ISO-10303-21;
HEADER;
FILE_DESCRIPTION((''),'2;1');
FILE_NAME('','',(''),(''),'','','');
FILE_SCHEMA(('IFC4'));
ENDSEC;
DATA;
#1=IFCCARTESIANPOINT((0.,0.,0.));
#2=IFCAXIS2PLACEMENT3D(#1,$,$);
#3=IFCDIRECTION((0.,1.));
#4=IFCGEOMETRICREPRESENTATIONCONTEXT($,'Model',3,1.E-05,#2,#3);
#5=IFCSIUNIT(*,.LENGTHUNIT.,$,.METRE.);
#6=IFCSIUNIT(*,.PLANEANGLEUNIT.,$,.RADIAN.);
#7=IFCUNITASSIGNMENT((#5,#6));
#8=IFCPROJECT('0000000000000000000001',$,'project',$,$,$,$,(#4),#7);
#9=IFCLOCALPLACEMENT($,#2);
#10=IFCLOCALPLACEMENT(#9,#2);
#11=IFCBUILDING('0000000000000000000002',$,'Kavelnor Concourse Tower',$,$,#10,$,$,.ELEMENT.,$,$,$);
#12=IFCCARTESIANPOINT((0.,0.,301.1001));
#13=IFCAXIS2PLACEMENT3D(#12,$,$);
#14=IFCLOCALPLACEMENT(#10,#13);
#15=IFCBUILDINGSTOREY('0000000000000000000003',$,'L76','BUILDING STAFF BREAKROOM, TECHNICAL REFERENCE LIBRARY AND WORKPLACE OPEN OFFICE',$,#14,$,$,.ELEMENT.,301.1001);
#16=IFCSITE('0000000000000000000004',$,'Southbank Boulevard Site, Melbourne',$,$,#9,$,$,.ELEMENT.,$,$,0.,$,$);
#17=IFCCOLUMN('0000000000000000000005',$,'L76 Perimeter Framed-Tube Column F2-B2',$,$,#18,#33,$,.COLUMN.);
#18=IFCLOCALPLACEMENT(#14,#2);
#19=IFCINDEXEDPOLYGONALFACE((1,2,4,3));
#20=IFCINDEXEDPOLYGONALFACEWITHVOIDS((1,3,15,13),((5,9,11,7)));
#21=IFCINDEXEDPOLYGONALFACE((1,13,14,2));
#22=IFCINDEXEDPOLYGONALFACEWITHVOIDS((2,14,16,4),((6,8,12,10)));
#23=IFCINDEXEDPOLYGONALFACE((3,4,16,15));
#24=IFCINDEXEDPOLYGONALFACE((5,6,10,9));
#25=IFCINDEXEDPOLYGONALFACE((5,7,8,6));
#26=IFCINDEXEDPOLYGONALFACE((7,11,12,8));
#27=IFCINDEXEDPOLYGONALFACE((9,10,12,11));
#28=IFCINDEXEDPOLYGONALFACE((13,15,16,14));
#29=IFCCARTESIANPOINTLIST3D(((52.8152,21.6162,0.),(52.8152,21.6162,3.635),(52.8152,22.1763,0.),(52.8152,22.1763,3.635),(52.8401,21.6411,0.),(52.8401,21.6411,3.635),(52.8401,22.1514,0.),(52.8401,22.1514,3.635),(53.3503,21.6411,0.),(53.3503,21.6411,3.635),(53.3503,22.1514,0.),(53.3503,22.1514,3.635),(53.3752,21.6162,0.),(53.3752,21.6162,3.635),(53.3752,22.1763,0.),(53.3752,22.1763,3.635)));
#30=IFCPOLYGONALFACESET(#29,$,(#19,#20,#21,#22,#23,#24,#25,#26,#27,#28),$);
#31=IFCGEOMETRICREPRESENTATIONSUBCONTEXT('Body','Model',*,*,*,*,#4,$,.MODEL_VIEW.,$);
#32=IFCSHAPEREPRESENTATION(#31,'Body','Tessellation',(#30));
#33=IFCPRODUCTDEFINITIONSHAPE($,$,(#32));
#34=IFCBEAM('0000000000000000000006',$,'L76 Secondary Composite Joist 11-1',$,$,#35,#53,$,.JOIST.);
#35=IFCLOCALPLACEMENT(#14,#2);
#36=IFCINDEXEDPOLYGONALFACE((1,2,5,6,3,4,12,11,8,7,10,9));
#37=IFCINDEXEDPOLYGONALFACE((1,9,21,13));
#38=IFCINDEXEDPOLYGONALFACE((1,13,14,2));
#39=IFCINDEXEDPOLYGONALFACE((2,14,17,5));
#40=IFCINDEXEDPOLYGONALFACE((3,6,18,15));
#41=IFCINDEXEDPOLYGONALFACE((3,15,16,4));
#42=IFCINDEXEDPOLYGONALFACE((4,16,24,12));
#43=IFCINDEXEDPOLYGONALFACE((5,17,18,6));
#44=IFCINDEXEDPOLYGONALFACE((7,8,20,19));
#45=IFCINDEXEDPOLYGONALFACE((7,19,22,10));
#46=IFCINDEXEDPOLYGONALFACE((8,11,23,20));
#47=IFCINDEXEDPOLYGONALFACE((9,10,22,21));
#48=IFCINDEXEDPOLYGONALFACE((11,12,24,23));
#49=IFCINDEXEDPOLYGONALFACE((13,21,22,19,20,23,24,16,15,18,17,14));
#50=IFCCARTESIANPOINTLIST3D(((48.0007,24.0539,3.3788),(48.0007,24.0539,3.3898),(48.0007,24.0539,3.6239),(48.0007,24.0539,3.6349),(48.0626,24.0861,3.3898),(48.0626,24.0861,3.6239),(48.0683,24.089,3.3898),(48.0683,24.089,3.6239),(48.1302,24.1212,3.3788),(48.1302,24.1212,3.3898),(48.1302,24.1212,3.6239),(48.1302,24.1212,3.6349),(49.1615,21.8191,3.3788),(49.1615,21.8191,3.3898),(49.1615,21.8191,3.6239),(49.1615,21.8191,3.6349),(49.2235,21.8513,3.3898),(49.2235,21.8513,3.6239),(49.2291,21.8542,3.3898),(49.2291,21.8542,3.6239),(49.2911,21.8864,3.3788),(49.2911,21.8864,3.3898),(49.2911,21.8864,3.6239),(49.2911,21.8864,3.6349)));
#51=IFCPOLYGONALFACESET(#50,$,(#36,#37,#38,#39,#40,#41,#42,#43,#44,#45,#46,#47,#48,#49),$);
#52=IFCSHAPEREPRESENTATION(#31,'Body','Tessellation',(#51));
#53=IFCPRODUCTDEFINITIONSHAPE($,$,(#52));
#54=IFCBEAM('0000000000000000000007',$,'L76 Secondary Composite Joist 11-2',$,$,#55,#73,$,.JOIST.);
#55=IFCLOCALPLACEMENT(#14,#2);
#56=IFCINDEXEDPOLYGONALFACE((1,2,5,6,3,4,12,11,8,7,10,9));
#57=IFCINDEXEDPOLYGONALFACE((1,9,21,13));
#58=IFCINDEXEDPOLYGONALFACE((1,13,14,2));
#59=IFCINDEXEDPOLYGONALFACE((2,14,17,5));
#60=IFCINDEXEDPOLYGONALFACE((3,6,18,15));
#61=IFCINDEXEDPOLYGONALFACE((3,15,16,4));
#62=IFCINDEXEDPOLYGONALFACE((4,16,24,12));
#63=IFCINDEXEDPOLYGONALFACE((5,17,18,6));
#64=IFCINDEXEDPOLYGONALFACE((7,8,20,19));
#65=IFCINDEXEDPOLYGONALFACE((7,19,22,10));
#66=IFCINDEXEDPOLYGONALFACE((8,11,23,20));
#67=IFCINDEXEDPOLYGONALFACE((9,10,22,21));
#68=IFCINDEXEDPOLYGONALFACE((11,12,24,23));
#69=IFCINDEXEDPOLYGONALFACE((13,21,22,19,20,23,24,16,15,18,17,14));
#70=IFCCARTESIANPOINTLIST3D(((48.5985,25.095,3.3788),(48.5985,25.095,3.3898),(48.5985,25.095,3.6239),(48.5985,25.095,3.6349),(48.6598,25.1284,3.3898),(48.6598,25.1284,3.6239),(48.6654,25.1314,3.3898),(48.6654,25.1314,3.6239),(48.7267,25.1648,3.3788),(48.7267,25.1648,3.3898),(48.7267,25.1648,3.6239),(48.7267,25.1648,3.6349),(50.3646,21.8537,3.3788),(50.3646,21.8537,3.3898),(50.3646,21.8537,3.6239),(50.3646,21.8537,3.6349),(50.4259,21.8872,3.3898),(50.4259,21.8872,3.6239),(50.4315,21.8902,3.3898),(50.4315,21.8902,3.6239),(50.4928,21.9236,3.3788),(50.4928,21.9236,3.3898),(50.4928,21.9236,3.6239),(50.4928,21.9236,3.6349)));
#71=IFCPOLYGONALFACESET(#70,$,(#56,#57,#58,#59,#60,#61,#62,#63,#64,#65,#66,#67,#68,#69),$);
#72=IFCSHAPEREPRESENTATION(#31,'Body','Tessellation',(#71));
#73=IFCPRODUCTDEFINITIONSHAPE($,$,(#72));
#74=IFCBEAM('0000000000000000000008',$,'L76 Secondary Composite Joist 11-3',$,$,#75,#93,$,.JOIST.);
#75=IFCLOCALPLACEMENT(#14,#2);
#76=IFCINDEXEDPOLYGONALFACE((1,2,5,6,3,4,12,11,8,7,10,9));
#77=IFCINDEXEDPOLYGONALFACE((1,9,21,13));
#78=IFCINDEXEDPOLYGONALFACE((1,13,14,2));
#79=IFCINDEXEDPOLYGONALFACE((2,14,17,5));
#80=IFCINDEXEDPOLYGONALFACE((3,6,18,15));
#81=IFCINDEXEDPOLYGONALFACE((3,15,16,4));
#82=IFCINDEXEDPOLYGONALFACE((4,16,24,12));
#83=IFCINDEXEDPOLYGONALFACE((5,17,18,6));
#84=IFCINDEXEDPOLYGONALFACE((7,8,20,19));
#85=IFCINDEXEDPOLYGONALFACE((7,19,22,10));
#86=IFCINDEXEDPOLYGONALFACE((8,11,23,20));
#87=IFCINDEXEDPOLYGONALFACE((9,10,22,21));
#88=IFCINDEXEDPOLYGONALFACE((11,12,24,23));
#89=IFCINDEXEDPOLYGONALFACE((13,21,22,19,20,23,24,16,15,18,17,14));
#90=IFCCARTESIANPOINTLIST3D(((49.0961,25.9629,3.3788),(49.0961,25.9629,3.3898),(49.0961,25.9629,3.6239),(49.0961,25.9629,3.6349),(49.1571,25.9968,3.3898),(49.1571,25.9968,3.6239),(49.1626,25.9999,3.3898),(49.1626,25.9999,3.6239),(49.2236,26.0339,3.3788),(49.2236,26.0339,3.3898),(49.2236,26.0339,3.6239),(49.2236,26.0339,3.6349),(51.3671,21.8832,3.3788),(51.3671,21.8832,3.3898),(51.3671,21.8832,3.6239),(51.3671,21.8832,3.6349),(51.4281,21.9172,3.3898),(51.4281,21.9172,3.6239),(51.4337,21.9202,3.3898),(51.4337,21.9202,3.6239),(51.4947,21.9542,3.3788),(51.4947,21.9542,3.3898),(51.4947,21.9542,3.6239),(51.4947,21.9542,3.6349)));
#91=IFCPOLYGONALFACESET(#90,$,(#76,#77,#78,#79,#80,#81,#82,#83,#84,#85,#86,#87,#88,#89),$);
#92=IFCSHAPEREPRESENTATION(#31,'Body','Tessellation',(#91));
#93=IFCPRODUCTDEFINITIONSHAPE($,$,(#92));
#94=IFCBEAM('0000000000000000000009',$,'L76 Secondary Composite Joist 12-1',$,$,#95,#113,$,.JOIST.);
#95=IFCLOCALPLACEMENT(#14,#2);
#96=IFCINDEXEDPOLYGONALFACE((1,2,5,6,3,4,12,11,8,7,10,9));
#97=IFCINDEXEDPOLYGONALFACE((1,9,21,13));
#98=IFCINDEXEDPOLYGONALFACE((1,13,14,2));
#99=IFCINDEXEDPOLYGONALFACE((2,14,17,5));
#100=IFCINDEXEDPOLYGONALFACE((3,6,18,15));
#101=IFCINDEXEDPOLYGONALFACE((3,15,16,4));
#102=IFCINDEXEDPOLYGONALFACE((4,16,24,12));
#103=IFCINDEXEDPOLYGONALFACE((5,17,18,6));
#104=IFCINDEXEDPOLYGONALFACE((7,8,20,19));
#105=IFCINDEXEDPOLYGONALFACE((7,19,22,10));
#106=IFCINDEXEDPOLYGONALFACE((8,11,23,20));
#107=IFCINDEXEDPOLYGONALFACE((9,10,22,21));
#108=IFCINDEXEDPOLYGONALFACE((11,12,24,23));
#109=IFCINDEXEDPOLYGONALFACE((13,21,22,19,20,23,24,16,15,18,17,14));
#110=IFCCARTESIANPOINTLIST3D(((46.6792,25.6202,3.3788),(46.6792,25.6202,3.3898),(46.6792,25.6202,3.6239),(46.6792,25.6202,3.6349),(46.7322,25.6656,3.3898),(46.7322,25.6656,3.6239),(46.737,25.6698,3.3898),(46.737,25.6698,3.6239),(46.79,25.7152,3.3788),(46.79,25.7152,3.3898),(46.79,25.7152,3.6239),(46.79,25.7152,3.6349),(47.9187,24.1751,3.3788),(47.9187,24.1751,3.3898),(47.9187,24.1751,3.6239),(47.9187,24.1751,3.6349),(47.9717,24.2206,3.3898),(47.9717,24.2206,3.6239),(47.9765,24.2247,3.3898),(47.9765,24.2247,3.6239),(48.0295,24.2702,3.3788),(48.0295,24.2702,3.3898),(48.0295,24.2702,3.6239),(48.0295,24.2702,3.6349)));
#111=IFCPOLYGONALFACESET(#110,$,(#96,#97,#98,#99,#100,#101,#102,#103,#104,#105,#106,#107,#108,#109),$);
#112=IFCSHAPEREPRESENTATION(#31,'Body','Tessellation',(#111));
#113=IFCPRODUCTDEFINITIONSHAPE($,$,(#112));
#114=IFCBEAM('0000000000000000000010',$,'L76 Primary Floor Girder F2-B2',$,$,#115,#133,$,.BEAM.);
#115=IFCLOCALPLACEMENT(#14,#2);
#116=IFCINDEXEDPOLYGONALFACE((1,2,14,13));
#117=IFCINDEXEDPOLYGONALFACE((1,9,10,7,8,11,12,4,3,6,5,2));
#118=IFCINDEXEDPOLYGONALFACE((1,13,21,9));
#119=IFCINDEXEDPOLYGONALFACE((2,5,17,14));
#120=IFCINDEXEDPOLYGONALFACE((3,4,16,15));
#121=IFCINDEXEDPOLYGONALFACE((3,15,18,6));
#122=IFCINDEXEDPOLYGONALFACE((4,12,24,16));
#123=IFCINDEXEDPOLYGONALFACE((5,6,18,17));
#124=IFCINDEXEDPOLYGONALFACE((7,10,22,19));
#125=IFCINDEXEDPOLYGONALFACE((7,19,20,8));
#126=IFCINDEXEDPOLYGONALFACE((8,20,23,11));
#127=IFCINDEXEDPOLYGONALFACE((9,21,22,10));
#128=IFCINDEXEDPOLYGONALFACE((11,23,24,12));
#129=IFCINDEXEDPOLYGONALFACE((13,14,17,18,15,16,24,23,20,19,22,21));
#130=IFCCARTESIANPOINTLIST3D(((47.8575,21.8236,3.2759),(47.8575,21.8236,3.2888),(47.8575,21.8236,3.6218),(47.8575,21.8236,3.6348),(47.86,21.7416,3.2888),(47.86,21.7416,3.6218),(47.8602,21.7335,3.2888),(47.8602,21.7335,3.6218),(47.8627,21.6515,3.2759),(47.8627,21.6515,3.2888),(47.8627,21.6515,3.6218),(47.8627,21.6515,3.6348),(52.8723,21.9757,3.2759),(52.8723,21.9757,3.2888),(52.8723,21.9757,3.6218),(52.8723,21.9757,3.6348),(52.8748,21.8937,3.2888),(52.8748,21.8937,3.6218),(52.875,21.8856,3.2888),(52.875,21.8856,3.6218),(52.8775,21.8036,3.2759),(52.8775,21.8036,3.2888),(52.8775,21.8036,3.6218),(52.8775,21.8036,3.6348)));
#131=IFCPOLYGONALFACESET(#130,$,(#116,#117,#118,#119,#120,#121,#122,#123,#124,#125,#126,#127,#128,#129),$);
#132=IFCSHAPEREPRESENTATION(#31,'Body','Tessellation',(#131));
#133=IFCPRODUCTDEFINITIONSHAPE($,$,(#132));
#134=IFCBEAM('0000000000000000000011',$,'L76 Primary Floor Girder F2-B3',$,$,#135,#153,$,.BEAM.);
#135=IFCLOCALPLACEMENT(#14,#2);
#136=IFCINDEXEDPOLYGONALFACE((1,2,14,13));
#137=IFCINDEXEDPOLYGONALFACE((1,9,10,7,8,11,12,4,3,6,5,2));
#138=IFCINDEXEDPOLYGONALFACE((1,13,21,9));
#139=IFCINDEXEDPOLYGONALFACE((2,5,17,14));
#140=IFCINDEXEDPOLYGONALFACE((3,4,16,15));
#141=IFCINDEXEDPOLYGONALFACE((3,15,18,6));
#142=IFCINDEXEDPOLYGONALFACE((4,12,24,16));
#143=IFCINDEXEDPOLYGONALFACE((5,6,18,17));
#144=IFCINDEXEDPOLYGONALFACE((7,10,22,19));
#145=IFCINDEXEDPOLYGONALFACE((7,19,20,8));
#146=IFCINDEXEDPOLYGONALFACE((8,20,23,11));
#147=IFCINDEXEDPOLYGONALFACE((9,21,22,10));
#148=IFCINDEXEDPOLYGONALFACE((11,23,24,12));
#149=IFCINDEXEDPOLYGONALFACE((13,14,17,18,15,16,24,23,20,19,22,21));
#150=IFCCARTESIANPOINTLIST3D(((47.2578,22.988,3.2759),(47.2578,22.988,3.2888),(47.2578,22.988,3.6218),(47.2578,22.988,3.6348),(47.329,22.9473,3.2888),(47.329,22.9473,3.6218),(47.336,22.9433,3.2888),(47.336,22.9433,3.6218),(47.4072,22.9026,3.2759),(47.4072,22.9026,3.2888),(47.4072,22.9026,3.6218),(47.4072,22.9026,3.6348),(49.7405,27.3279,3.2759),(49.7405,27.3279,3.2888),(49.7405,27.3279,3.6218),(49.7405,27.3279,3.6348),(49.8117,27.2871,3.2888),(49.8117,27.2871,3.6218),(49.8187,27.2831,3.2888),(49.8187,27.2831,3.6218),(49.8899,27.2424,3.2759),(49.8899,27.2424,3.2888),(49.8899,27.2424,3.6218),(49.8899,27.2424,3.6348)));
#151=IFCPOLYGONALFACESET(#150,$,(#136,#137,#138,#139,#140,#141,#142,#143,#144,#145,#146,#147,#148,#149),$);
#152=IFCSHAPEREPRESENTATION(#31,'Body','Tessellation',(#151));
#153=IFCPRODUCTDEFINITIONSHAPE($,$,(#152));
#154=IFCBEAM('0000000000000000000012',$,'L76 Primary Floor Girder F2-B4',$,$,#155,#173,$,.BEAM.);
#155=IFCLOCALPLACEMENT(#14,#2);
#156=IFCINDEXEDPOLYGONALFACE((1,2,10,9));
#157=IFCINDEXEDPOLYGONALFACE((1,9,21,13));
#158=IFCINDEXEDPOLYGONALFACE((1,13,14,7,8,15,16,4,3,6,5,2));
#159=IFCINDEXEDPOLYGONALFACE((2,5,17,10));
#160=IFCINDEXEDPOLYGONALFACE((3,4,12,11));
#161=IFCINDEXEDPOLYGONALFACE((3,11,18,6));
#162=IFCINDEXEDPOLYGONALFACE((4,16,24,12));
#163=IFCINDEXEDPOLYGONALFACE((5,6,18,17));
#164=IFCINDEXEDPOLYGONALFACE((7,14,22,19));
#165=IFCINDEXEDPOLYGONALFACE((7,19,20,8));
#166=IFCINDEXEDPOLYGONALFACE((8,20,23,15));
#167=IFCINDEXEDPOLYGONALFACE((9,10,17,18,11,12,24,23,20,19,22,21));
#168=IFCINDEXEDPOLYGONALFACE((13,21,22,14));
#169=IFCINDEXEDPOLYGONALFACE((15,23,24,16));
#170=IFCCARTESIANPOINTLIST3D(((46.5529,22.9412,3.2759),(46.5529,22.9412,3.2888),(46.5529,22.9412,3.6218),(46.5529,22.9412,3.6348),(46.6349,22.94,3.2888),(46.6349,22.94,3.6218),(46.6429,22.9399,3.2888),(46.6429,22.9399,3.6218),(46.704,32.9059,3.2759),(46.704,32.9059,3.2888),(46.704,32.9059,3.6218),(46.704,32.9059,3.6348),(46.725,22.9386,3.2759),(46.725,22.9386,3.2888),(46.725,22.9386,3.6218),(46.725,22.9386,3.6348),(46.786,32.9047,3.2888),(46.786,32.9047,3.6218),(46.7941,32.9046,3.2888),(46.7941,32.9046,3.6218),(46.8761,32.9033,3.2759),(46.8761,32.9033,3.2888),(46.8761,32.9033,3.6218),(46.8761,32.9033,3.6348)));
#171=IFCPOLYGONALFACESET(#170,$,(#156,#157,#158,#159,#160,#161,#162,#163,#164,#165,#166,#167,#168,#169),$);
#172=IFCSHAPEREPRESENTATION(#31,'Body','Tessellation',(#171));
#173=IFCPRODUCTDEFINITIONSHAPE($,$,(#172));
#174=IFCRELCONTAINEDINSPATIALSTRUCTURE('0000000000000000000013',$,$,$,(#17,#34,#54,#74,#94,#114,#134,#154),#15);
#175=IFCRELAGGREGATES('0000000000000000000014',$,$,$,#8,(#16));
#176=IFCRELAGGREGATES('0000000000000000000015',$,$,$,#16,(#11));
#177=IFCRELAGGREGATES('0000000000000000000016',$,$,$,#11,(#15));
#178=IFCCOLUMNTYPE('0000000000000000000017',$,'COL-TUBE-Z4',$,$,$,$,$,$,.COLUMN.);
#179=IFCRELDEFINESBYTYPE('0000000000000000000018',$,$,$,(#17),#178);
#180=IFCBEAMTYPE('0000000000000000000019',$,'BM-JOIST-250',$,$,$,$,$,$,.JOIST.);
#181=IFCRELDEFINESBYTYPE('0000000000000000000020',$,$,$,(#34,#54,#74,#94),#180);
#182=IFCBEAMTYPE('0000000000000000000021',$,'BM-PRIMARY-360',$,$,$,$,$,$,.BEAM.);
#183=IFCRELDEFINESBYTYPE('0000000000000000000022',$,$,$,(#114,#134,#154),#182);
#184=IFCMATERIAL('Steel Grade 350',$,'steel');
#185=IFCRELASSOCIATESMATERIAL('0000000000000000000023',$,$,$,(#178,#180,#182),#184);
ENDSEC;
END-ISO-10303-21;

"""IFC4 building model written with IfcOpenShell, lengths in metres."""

from ifc_helpers import new_model, si_unit, direction, frame, origin, origin_2d, place, context, subcontext, project, spatial, hollow_rectangle, i_section, extrude, material, material_profile, profile_set, type_object, element, save


model = new_model("IFC4")

# Units and contexts
model_context = context("Model", 3, precision=1e-05, world=origin(), true_north=direction((0.0, 1.0)))
body_context = subcontext(model_context, "Body", "Model", "MODEL_VIEW")
ifc_project = project(units=[si_unit("LENGTHUNIT", "METRE"), si_unit("PLANEANGLEUNIT", "RADIAN")], contexts=[model_context])

# Site, building, storey
site_placement = place(None, origin())
site = spatial("IfcSite", under=ifc_project, at=site_placement, Name="Southbank Boulevard Site, Melbourne", CompositionType="ELEMENT", RefElevation=0.0)
building_placement = place(site_placement, origin())
building = spatial("IfcBuilding", under=site, at=building_placement, Name="Kavelnor Concourse Tower", CompositionType="ELEMENT")
storey_placement = place(building_placement, frame((0.0, 0.0, 301.1001)))
storey = spatial("IfcBuildingStorey", under=building, at=storey_placement, Name="L76", Description="BUILDING STAFF BREAKROOM, TECHNICAL REFERENCE LIBRARY AND WORKPLACE OPEN OFFICE", CompositionType="ELEMENT", Elevation=301.1001)

# Column
ifc_material_1 = material(Name="Steel Grade 350", Category="steel")
ifc_material_profile_1 = material_profile(ifc_material_1, hollow_rectangle(XDim=0.5601, YDim=0.5601, WallThickness=0.0249, at=origin_2d()), Name="SHS 560x560x25")
ifc_profile_set_1 = profile_set([ifc_material_profile_1], Name="Steel Grade 350")
column_type = type_object("IfcColumnType", Name="COL-TUBE-Z4", PredefinedType="COLUMN", material=ifc_profile_set_1)
column_placement = place(storey_placement, frame((53.0952, 21.8962, 0.0), z_axis=(0.0, 0.0, 1.0), x_axis=(1.0, 0.0, 0.0)))
element("IfcColumn", 1, at=column_placement, inside=storey, type_object=column_type, Name="L76 Perimeter Framed-Tube Column F2-B2", PredefinedType="COLUMN", context=body_context, shape_type="SweptSolid", body=[
    extrude(hollow_rectangle(XDim=0.5601, YDim=0.5601, WallThickness=0.0249, at=origin_2d()), origin(), (0.0, 0.0, 1.0), 3.635),
])

# Beams
ifc_material_profile_2 = material_profile(ifc_material_1, i_section(OverallWidth=0.146, OverallDepth=0.2561, WebThickness=0.0063, FlangeThickness=0.011, at=origin_2d()), Name="250UB37")
ifc_profile_set_2 = profile_set([ifc_material_profile_2], Name="Steel Grade 350")
beam_type_1 = type_object("IfcBeamType", Name="BM-JOIST-250", PredefinedType="JOIST", material=ifc_profile_set_2)
beam_1_placement = place(storey_placement, frame((49.2263, 21.8528, 3.5068), z_axis=(-0.460965, 0.887418, 0.0), x_axis=(-0.887418, -0.460965, 0.0)))
element("IfcBeam", 2, at=beam_1_placement, inside=storey, type_object=beam_type_1, Name="L76 Secondary Composite Joist 11-1", PredefinedType="JOIST", context=body_context, shape_type="SweptSolid", body=[
    extrude(i_section(OverallWidth=0.146, OverallDepth=0.2561, WebThickness=0.0063, FlangeThickness=0.011, at=origin_2d()), origin(), (0.0, 0.0, 1.0), 2.5183),
])
beam_2_placement = place(storey_placement, frame((50.4287, 21.8887, 3.5068), z_axis=(-0.478472, 0.878103, 0.0), x_axis=(-0.878103, -0.478472, 0.0)))
element("IfcBeam", 3, at=beam_2_placement, inside=storey, type_object=beam_type_1, Name="L76 Secondary Composite Joist 11-2", PredefinedType="JOIST", context=body_context, shape_type="SweptSolid", body=[
    extrude(i_section(OverallWidth=0.146, OverallDepth=0.2561, WebThickness=0.0063, FlangeThickness=0.011, at=origin_2d()), origin(), (0.0, 0.0, 1.0), 3.6912),
])
beam_3_placement = place(storey_placement, frame((51.4309, 21.9187, 3.5068), z_axis=(-0.486389, 0.873743, 0.0), x_axis=(-0.873743, -0.486389, 0.0)))
element("IfcBeam", 4, at=beam_3_placement, inside=storey, type_object=beam_type_1, Name="L76 Secondary Composite Joist 11-3", PredefinedType="JOIST", context=body_context, shape_type="SweptSolid", body=[
    extrude(i_section(OverallWidth=0.146, OverallDepth=0.2561, WebThickness=0.0063, FlangeThickness=0.011, at=origin_2d()), origin(), (0.0, 0.0, 1.0), 4.6692),
])
beam_4_placement = place(storey_placement, frame((47.9741, 24.2227, 3.5068), z_axis=(-0.651055, 0.75903, 0.0), x_axis=(-0.75903, -0.651055, 0.0)))
element("IfcBeam", 5, at=beam_4_placement, inside=storey, type_object=beam_type_1, Name="L76 Secondary Composite Joist 12-1", PredefinedType="JOIST", context=body_context, shape_type="SweptSolid", body=[
    extrude(i_section(OverallWidth=0.146, OverallDepth=0.2561, WebThickness=0.0063, FlangeThickness=0.011, at=origin_2d()), origin(), (0.0, 0.0, 1.0), 1.9038),
])
ifc_material_profile_3 = material_profile(ifc_material_1, i_section(OverallWidth=0.1721, OverallDepth=0.3589, WebThickness=0.0081, FlangeThickness=0.0129, at=origin_2d()), Name="360UB56")
ifc_profile_set_3 = profile_set([ifc_material_profile_3], Name="Steel Grade 350")
beam_type_2 = type_object("IfcBeamType", Name="BM-PRIMARY-360", PredefinedType="BEAM", material=ifc_profile_set_3)
beam_5_placement = place(storey_placement, frame((47.8601, 21.7375, 3.4553), z_axis=(0.99954, 0.030316, 0.0), x_axis=(-0.030316, 0.99954, 0.0)))
element("IfcBeam", 6, at=beam_5_placement, inside=storey, type_object=beam_type_2, Name="L76 Primary Floor Girder F2-B2", PredefinedType="BEAM", context=body_context, shape_type="SweptSolid", body=[
    extrude(i_section(OverallWidth=0.1721, OverallDepth=0.3589, WebThickness=0.0081, FlangeThickness=0.0129, at=origin_2d()), origin(), (0.0, 0.0, 1.0), 5.0171),
])
beam_6_placement = place(storey_placement, frame((47.3325, 22.9453, 3.4553), z_axis=(0.496554, 0.868006, 0.0), x_axis=(-0.868006, 0.496554, 0.0)))
element("IfcBeam", 7, at=beam_6_placement, inside=storey, type_object=beam_type_2, Name="L76 Primary Floor Girder F2-B3", PredefinedType="BEAM", context=body_context, shape_type="SweptSolid", body=[
    extrude(i_section(OverallWidth=0.1721, OverallDepth=0.3589, WebThickness=0.0081, FlangeThickness=0.0129, at=origin_2d()), origin(), (0.0, 0.0, 1.0), 4.9998),
])
beam_7_placement = place(storey_placement, frame((46.6389, 22.9399, 3.4553), z_axis=(0.015164, 0.999885, 0.0), x_axis=(-0.999885, 0.015164, 0.0)))
element("IfcBeam", 8, at=beam_7_placement, inside=storey, type_object=beam_type_2, Name="L76 Primary Floor Girder F2-B4", PredefinedType="BEAM", context=body_context, shape_type="SweptSolid", body=[
    extrude(i_section(OverallWidth=0.1721, OverallDepth=0.3589, WebThickness=0.0081, FlangeThickness=0.0129, at=origin_2d()), origin(), (0.0, 0.0, 1.0), 9.9658),
])

save(model, "model.ifc")
